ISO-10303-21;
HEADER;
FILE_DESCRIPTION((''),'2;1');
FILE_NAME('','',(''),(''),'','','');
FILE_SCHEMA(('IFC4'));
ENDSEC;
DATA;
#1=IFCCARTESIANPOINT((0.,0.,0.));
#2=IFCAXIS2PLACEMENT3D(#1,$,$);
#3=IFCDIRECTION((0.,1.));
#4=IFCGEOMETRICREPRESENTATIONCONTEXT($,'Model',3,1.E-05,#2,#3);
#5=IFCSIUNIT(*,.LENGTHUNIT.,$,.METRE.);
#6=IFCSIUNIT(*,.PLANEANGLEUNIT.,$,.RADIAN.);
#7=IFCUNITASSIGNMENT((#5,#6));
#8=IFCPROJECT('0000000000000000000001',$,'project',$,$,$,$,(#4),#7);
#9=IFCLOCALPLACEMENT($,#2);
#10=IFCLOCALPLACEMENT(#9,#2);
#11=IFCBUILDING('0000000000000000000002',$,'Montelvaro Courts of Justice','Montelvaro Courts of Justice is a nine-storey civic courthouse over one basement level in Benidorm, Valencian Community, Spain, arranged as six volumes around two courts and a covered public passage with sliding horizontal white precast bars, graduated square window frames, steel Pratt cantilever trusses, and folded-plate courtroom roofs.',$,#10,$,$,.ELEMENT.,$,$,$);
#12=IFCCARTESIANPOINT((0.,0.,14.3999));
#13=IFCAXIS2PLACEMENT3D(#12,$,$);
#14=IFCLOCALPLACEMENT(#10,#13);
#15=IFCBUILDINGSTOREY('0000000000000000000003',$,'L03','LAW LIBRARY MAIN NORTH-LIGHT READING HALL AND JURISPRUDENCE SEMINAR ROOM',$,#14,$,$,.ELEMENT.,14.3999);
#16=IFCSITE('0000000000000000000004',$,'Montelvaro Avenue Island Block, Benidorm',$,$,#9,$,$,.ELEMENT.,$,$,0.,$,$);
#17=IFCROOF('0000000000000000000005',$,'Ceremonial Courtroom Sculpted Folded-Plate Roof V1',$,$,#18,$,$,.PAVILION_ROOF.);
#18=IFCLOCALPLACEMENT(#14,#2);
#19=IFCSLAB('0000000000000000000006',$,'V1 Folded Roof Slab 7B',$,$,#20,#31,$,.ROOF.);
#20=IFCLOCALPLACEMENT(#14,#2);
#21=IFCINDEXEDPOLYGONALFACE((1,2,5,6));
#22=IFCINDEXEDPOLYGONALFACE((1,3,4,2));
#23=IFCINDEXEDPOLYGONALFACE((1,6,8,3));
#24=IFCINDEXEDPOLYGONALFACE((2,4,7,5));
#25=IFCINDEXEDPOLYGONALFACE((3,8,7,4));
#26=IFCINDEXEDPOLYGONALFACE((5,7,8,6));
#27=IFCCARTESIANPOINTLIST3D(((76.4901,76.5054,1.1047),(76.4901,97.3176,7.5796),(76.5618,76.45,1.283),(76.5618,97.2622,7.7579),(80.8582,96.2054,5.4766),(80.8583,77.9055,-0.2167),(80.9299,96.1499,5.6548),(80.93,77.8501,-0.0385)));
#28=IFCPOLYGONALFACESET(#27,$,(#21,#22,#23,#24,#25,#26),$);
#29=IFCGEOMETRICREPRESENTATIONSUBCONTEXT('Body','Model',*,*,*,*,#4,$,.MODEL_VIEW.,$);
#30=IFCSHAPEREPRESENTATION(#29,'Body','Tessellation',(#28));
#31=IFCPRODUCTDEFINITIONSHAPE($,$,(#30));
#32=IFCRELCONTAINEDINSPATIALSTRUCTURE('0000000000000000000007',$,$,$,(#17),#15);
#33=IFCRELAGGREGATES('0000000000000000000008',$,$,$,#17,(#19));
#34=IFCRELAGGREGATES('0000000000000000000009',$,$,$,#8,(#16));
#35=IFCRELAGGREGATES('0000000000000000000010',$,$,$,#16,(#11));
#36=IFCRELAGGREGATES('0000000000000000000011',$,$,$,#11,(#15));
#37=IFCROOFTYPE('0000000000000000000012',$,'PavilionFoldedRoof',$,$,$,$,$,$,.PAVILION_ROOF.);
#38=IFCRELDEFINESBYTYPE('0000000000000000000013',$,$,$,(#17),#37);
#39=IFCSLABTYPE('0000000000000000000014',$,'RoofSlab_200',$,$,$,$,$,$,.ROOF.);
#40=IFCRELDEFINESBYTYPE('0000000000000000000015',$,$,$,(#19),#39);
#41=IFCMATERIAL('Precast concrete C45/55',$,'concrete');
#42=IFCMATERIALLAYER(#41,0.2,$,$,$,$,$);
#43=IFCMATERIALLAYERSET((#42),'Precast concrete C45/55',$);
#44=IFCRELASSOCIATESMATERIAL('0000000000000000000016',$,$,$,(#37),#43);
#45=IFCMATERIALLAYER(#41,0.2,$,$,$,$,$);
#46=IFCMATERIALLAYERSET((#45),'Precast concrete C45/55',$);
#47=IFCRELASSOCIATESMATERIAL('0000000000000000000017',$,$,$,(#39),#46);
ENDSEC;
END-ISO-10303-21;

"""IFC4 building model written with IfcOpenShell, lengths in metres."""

from ifc_helpers import new_model, si_unit, direction, frame, origin, place, context, subcontext, project, spatial, polyline, outline, extrude, material, layer, layer_set, type_object, element, aggregate, save


model = new_model("IFC4")

# Units and contexts
model_context = context("Model", 3, precision=1e-05, world=origin(), true_north=direction((0.0, 1.0)))
body_context = subcontext(model_context, "Body", "Model", "MODEL_VIEW")
ifc_project = project(units=[si_unit("LENGTHUNIT", "METRE"), si_unit("PLANEANGLEUNIT", "RADIAN")], contexts=[model_context])

# Site, building, storey
site_placement = place(None, origin())
site = spatial("IfcSite", under=ifc_project, at=site_placement, Name="Montelvaro Avenue Island Block, Benidorm", CompositionType="ELEMENT", RefElevation=0.0)
building_placement = place(site_placement, origin())
building = spatial("IfcBuilding", under=site, at=building_placement, Name="Montelvaro Courts of Justice", Description="Montelvaro Courts of Justice is a nine-storey civic courthouse over one basement level in Benidorm, Valencian Community, Spain, arranged as six volumes around two courts and a covered public passage with sliding horizontal white precast bars, graduated square window frames, steel Pratt cantilever trusses, and folded-plate courtroom roofs.", CompositionType="ELEMENT")
storey_placement = place(building_placement, frame((0.0, 0.0, 14.3999)))
storey = spatial("IfcBuildingStorey", under=building, at=storey_placement, Name="L03", Description="LAW LIBRARY MAIN NORTH-LIGHT READING HALL AND JURISPRUDENCE SEMINAR ROOM", CompositionType="ELEMENT", Elevation=14.3999)

# Roof, slab
ifc_material_1 = material(Name="Precast concrete C45/55", Category="concrete")
ifc_layer_1 = layer(ifc_material_1, 0.2)
ifc_layer_set_1 = layer_set([ifc_layer_1], Name="Precast concrete C45/55")
roof_type = type_object("IfcRoofType", Name="PavilionFoldedRoof", PredefinedType="PAVILION_ROOF", material=ifc_layer_set_1)
roof_placement = place(storey_placement, origin())
roof = element("IfcRoof", 1, at=roof_placement, inside=storey, type_object=roof_type, Name="Ceremonial Courtroom Sculpted Folded-Plate Roof V1", PredefinedType="PAVILION_ROOF")
ifc_layer_2 = layer(ifc_material_1, 0.2)
ifc_layer_set_2 = layer_set([ifc_layer_2], Name="Precast concrete C45/55")
slab_type = type_object("IfcSlabType", Name="RoofSlab_200", PredefinedType="ROOF", material=ifc_layer_set_2)
slab_1_placement = place(storey_placement, frame((76.5618, 76.45, 1.283), z_axis=(0.358546, -0.277316, 0.89137), x_axis=(0.915063, 0.293303, -0.276826)))
slab_1 = element("IfcSlab", 2, at=slab_1_placement, type_object=slab_type, Name="V1 Folded Roof Slab 7B", PredefinedType="ROOF", context=body_context, shape_type="SweptSolid", body=[
    extrude(outline(polyline([(0.0, 0.0), (4.7736, 0.0), (8.565, 18.7862), (4.3119, 21.3654), (0.0, 0.0)])), origin(), (0.0, 0.0, -1.0), 0.2),
])
aggregate(roof, [slab_1])

save(model, "model.ifc")
